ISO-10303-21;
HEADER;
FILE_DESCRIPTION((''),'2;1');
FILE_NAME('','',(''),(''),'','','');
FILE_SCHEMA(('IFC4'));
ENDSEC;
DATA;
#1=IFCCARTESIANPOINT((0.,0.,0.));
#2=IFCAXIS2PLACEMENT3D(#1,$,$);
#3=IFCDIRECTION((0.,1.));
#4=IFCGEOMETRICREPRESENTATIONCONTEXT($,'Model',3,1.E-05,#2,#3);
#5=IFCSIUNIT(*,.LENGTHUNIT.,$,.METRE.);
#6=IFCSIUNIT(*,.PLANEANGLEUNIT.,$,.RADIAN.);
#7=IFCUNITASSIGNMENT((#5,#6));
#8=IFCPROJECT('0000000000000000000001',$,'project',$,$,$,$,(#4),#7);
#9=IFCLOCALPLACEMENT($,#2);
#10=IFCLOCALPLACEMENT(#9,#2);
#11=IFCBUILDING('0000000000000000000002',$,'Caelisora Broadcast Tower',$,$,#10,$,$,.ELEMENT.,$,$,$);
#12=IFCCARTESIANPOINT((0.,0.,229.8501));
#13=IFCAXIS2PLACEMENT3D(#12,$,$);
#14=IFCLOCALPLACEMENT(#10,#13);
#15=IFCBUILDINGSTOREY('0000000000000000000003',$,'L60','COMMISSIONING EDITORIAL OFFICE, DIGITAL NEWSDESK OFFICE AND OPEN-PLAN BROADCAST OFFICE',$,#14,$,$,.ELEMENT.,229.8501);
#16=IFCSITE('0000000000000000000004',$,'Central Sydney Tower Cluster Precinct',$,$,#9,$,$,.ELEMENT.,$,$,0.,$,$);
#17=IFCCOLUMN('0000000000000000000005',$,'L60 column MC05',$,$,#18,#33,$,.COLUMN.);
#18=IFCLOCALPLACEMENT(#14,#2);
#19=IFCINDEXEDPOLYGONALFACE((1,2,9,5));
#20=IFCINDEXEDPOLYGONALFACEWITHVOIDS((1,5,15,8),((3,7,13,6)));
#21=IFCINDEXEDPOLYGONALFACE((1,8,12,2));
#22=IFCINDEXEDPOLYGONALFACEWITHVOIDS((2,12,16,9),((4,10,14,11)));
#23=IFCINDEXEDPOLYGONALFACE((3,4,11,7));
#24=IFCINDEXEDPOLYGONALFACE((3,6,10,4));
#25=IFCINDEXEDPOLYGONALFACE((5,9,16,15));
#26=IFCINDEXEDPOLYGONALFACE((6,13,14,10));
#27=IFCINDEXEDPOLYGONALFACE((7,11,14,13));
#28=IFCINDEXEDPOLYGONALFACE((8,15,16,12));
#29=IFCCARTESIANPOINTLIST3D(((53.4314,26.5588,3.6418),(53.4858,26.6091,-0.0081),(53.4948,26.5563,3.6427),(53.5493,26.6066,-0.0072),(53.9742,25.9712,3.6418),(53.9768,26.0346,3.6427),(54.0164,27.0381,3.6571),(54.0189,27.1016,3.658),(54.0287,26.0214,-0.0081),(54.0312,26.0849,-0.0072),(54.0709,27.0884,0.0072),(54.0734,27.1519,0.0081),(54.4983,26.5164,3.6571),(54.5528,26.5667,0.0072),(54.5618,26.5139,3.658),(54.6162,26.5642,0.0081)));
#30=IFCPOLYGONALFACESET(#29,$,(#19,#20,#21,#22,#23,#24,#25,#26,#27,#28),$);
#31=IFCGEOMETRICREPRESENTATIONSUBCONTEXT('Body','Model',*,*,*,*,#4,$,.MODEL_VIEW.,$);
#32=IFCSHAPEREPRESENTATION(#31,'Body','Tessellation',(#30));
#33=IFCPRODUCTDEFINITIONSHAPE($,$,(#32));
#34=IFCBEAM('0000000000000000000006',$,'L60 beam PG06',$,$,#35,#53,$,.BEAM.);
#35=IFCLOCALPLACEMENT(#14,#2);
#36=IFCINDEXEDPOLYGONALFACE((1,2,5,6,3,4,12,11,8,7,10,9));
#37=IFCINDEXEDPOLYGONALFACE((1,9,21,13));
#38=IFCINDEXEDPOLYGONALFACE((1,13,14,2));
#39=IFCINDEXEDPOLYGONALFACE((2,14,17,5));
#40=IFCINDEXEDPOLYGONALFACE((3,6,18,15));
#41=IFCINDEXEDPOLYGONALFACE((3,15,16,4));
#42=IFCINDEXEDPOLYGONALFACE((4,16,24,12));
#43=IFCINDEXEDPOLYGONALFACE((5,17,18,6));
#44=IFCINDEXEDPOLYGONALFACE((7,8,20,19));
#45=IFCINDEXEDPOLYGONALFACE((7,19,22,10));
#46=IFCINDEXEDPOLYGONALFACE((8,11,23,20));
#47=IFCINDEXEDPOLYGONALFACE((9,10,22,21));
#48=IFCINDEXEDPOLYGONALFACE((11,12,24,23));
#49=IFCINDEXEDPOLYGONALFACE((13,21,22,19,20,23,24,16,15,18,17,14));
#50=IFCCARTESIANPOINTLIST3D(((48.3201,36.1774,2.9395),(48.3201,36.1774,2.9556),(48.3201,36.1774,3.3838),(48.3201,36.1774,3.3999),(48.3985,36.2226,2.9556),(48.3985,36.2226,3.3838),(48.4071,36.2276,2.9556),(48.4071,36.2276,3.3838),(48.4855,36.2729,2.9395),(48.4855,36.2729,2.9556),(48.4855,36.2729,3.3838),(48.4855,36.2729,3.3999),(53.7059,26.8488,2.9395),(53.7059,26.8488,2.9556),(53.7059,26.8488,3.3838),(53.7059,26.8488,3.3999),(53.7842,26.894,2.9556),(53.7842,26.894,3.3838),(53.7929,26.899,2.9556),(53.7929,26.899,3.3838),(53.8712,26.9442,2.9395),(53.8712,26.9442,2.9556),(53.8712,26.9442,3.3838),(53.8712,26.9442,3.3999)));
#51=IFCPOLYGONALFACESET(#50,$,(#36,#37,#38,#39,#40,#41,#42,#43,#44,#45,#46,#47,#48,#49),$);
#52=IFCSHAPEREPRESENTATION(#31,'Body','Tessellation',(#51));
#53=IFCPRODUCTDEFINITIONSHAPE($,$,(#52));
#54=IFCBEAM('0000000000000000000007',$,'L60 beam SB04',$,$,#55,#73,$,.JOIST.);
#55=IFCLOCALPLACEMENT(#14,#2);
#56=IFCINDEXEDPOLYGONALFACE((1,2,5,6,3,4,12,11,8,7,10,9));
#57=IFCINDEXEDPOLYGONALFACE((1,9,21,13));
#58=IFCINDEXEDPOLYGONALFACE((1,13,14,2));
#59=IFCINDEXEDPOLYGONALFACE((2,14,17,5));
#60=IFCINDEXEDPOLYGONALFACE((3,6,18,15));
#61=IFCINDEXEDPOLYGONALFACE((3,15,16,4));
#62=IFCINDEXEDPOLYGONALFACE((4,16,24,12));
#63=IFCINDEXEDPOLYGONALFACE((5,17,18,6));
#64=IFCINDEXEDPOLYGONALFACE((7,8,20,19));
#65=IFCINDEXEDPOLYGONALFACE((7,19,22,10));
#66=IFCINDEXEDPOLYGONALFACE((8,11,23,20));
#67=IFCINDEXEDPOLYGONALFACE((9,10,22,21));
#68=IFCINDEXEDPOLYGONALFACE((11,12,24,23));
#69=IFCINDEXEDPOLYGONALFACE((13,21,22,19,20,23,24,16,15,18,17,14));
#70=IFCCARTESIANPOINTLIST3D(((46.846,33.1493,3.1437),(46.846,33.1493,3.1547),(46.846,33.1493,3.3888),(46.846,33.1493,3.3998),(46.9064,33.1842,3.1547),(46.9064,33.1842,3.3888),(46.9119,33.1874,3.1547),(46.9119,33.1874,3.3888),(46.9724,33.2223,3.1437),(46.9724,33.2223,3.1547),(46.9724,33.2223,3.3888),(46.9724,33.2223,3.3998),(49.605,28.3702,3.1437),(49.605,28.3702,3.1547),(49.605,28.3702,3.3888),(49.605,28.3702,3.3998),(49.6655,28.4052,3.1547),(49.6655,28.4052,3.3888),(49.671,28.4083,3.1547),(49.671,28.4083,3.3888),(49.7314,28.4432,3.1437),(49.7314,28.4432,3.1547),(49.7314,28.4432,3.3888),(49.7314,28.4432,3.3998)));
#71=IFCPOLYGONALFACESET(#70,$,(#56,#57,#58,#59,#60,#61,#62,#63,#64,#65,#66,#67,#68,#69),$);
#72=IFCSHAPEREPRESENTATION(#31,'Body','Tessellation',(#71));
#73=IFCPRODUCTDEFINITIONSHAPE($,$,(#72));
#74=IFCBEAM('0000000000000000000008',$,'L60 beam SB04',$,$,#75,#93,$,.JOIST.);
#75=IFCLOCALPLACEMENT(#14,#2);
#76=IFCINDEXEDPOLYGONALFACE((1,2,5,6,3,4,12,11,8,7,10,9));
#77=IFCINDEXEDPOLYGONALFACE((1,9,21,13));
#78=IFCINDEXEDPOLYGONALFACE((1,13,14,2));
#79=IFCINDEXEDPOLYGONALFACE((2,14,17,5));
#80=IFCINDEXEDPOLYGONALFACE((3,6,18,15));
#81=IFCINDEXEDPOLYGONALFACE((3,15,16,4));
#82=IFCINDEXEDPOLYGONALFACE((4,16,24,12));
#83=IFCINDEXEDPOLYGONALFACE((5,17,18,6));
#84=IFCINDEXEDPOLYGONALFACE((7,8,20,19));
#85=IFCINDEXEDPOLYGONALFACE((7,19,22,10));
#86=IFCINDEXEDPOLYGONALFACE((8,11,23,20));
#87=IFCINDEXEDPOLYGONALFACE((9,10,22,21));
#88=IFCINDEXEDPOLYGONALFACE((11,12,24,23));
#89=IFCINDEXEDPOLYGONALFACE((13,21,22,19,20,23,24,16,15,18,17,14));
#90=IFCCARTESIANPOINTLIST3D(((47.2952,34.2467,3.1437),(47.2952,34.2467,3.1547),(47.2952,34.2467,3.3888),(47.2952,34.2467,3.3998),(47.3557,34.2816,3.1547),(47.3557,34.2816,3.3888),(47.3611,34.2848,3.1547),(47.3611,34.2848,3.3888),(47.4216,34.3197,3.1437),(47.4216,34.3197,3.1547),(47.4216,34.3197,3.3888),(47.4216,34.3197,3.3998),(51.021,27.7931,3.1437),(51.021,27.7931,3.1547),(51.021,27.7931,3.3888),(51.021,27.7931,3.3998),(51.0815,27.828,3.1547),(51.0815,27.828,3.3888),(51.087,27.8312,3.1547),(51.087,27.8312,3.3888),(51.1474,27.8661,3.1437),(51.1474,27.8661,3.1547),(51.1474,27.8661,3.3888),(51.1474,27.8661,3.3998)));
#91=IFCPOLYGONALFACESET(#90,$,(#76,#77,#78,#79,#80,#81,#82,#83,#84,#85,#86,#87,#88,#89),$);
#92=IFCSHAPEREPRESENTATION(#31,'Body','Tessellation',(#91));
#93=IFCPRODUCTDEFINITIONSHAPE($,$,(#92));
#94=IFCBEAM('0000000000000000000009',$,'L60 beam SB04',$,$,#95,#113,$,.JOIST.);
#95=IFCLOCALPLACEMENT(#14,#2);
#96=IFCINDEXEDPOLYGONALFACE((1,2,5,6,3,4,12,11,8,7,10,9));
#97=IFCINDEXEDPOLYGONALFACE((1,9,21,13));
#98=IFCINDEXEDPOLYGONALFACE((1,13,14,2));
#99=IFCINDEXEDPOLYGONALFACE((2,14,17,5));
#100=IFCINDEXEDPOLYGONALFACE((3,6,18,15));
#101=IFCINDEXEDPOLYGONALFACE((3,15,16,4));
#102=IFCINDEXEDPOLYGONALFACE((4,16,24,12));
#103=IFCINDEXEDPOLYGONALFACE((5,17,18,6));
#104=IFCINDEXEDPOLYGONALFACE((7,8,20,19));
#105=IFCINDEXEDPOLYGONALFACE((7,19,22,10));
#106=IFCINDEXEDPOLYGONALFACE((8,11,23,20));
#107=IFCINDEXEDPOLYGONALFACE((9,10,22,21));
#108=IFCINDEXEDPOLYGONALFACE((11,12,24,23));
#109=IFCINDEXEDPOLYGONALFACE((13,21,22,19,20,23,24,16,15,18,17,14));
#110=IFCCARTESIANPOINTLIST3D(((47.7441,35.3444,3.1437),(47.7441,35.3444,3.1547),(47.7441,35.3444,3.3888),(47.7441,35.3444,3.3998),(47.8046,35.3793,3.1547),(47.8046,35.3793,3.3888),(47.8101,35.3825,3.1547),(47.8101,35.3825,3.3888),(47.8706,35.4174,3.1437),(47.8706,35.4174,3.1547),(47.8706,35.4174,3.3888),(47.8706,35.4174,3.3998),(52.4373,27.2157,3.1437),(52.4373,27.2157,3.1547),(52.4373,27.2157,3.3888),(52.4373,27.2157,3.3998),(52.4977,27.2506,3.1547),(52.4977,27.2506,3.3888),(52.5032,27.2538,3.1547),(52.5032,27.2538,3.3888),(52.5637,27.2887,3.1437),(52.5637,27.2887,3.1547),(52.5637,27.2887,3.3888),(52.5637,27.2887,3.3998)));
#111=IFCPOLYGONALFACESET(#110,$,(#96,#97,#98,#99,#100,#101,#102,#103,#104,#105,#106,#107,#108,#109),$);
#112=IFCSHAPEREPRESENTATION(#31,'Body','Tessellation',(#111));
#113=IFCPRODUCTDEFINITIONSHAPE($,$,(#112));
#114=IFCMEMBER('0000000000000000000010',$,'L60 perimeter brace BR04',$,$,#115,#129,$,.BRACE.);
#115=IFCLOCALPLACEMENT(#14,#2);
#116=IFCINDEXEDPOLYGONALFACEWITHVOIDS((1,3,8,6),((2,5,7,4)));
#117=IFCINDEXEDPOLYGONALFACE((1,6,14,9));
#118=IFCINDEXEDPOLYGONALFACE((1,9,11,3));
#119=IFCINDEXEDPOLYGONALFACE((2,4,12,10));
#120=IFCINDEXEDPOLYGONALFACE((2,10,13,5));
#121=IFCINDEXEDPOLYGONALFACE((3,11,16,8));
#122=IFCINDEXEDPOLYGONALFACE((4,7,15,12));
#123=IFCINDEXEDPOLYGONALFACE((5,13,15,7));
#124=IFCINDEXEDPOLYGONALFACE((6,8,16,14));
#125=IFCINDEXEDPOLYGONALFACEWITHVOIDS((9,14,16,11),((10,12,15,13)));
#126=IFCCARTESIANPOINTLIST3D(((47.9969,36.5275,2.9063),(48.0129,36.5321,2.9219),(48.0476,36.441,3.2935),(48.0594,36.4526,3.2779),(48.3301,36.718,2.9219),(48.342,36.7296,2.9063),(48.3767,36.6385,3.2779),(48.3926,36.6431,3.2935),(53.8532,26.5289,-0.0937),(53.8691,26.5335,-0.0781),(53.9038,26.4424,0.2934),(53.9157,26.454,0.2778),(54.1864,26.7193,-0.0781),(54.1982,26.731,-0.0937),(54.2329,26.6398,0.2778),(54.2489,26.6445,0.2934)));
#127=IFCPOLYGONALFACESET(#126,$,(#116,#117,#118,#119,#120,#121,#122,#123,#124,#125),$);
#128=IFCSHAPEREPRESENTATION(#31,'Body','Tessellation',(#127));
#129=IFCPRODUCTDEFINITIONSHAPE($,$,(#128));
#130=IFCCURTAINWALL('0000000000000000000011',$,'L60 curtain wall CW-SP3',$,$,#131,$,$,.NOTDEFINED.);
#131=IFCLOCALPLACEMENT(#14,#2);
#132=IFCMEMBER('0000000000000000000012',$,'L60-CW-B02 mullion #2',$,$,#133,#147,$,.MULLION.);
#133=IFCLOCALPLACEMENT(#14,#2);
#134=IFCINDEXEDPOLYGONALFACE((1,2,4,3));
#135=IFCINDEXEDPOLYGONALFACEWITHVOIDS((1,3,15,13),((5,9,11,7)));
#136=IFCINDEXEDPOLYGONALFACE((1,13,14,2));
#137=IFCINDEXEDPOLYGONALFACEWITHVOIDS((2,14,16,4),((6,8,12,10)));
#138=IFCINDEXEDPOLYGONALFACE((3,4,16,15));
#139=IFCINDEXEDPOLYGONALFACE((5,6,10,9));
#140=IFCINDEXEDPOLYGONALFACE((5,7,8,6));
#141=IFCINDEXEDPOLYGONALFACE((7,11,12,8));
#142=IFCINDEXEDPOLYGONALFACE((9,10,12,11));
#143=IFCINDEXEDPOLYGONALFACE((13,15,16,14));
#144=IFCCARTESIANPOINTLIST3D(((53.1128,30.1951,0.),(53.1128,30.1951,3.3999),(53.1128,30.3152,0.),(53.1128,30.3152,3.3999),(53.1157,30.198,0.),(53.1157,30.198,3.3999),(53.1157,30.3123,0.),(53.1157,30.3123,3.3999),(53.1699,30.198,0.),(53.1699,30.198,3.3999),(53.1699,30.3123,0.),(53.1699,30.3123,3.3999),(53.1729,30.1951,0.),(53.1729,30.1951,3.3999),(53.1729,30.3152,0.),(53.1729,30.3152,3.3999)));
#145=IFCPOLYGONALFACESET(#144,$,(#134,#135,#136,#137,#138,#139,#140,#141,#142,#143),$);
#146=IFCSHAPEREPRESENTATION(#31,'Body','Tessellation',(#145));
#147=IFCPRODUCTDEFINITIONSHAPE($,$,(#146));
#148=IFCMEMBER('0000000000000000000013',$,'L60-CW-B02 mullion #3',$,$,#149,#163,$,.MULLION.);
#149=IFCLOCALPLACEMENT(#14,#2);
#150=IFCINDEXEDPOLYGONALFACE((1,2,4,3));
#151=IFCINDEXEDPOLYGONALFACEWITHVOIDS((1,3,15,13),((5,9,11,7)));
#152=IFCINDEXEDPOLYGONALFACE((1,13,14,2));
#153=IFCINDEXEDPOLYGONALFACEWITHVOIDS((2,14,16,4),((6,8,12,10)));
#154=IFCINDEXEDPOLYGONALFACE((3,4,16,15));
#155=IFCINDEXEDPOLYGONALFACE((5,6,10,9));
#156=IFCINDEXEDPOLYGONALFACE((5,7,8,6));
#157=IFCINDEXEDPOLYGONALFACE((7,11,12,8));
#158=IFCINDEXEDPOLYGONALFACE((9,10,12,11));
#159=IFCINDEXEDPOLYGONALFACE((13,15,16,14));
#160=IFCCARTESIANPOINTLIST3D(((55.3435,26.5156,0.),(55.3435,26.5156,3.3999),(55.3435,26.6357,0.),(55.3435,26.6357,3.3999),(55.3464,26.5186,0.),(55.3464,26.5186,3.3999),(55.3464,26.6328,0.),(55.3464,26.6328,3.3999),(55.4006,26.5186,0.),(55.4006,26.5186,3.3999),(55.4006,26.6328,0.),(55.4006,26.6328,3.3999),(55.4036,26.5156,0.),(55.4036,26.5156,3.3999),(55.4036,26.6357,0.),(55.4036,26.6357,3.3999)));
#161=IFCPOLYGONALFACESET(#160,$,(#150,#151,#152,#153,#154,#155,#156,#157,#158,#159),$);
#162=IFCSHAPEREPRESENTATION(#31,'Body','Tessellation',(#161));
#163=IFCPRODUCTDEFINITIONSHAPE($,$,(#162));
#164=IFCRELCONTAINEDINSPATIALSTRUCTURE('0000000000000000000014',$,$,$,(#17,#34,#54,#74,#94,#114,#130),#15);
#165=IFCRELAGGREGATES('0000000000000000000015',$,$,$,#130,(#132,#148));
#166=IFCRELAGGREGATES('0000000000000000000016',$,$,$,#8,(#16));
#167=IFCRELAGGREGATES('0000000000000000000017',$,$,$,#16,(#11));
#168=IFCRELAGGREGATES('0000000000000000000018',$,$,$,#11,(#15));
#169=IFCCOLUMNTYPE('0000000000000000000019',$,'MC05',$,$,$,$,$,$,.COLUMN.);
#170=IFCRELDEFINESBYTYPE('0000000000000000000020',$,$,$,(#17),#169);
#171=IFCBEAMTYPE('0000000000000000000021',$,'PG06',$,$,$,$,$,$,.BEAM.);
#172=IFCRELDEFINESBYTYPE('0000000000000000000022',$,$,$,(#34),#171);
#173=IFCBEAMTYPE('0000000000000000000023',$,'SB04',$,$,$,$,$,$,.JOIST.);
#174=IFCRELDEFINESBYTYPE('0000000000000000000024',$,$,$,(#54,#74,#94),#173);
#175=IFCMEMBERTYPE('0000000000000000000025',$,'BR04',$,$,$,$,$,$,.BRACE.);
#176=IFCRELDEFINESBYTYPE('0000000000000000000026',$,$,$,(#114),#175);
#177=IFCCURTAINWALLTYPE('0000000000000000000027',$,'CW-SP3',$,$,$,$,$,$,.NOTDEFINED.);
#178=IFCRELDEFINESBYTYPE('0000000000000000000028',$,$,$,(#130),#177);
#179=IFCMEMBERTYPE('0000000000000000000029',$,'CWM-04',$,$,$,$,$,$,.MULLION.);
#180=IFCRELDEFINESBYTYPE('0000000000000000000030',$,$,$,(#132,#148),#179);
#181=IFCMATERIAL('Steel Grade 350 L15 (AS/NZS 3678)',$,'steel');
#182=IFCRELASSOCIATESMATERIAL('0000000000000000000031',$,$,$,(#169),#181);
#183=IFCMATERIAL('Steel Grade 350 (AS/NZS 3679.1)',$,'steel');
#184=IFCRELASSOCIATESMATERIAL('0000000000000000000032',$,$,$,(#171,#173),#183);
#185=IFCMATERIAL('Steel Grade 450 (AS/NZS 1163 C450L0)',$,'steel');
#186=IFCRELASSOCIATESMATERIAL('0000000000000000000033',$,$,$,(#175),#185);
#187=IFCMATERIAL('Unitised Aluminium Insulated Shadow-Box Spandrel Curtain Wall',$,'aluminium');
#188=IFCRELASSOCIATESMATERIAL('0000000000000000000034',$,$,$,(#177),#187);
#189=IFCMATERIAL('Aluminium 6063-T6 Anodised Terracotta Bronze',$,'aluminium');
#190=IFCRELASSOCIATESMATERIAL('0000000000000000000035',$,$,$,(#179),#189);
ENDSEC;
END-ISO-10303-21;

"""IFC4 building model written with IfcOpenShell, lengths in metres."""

from ifc_helpers import new_model, si_unit, direction, frame, origin, origin_2d, place, context, subcontext, project, spatial, hollow_rectangle, i_section, extrude, source, transform, mapped, material, material_profile, profile_set, type_object, type_shapes, element, aggregate, save


model = new_model("IFC4")

# Units and contexts
model_context = context("Model", 3, precision=1e-05, world=origin(), true_north=direction((0.0, 1.0)))
body_context = subcontext(model_context, "Body", "Model", "MODEL_VIEW")
ifc_project = project(units=[si_unit("LENGTHUNIT", "METRE"), si_unit("PLANEANGLEUNIT", "RADIAN")], contexts=[model_context])

# Site, building, storey
site_placement = place(None, origin())
site = spatial("IfcSite", under=ifc_project, at=site_placement, Name="Central Sydney Tower Cluster Precinct", CompositionType="ELEMENT", RefElevation=0.0)
building_placement = place(site_placement, origin())
building = spatial("IfcBuilding", under=site, at=building_placement, Name="Caelisora Broadcast Tower", CompositionType="ELEMENT")
storey_placement = place(building_placement, frame((0.0, 0.0, 229.8501)))
storey = spatial("IfcBuildingStorey", under=building, at=storey_placement, Name="L60", Description="COMMISSIONING EDITORIAL OFFICE, DIGITAL NEWSDESK OFFICE AND OPEN-PLAN BROADCAST OFFICE", CompositionType="ELEMENT", Elevation=229.8501)

# Column
ifc_material_1 = material(Name="Steel Grade 350 L15 (AS/NZS 3678)", Category="steel")
ifc_material_profile_1 = material_profile(ifc_material_1, hollow_rectangle(XDim=0.8, YDim=0.8, WallThickness=0.0449, at=origin_2d()), Name="Steel Grade 350 L15 (AS/NZS 3678)")
ifc_profile_set_1 = profile_set([ifc_material_profile_1], Name="Steel Grade 350 L15 (AS/NZS 3678)")
column_type = type_object("IfcColumnType", Name="MC05", PredefinedType="COLUMN", material=ifc_profile_set_1)
shared_shape_1 = source(origin(), body_context, "Body", "SweptSolid", [
    extrude(hollow_rectangle(XDim=0.8, YDim=0.8, WallThickness=0.0449, at=origin_2d()), origin(), (0.0, 0.0, 1.0), 3.6506),
])
type_shapes(column_type, [shared_shape_1])
column_placement = place(storey_placement, frame((54.051, 26.5867, 0.0), z_axis=(-0.014913, -0.013776, 0.999794), x_axis=(0.678554, -0.734551, 0.0)))
element("IfcColumn", 1, at=column_placement, inside=storey, type_object=column_type, Name="L60 column MC05", PredefinedType="COLUMN", context=body_context, shape_type="MappedRepresentation", body=[
    mapped(shared_shape_1, transform((0.0, 0.0, 0.0), scale=1.0)),
])

# Beams
ifc_material_2 = material(Name="Steel Grade 350 (AS/NZS 3679.1)", Category="steel")
ifc_material_profile_2 = material_profile(ifc_material_2, i_section(OverallWidth=0.1909, OverallDepth=0.4604, WebThickness=0.01, FlangeThickness=0.0161, at=origin_2d()), Name="Steel Grade 350 (AS/NZS 3679.1)")
ifc_profile_set_2 = profile_set([ifc_material_profile_2], Name="Steel Grade 350 (AS/NZS 3679.1)")
beam_type_1 = type_object("IfcBeamType", Name="PG06", PredefinedType="BEAM", material=ifc_profile_set_2)
shared_shape_2 = source(origin(), body_context, "Body", "SweptSolid", [
    extrude(i_section(OverallWidth=0.1909, OverallDepth=0.4604, WebThickness=0.01, FlangeThickness=0.0161, at=origin_2d()), origin(), (0.0, 0.0, 1.0), 10.7717),
])
type_shapes(beam_type_1, [shared_shape_2])
beam_1_placement = place(storey_placement, frame((53.7886, 26.8965, 3.1697), z_axis=(-0.499991, 0.866031, 0.0), x_axis=(-0.866031, -0.499991, 0.0)))
element("IfcBeam", 2, at=beam_1_placement, inside=storey, type_object=beam_type_1, Name="L60 beam PG06", PredefinedType="BEAM", context=body_context, shape_type="MappedRepresentation", body=[
    mapped(shared_shape_2, transform((0.0, 0.0, 0.0), scale=1.0)),
])
ifc_material_profile_3 = material_profile(ifc_material_2, i_section(OverallWidth=0.146, OverallDepth=0.2561, WebThickness=0.0063, FlangeThickness=0.011, at=origin_2d()), Name="Steel Grade 350 (AS/NZS 3679.1)")
ifc_profile_set_3 = profile_set([ifc_material_profile_3], Name="Steel Grade 350 (AS/NZS 3679.1)")
beam_type_2 = type_object("IfcBeamType", Name="SB04", PredefinedType="JOIST", material=ifc_profile_set_3)
shared_shape_3 = source(origin(), body_context, "Body", "SweptSolid", [
    extrude(i_section(OverallWidth=0.146, OverallDepth=0.2561, WebThickness=0.0063, FlangeThickness=0.011, at=origin_2d()), origin(), (0.0, 0.0, 1.0), 5.5183),
])
beam_2_placement = place(storey_placement, frame((49.6682, 28.4067, 3.2717), z_axis=(-0.499979, 0.866038, 0.0), x_axis=(-0.866038, -0.499979, 0.0)))
element("IfcBeam", 3, at=beam_2_placement, inside=storey, type_object=beam_type_2, Name="L60 beam SB04", PredefinedType="JOIST", context=body_context, shape_type="MappedRepresentation", body=[
    mapped(shared_shape_3, transform((0.0, 0.0, 0.0), scale=1.0)),
])
shared_shape_4 = source(origin(), body_context, "Body", "SweptSolid", [
    extrude(i_section(OverallWidth=0.146, OverallDepth=0.2561, WebThickness=0.0063, FlangeThickness=0.011, at=origin_2d()), origin(), (0.0, 0.0, 1.0), 7.4519),
])
beam_3_placement = place(storey_placement, frame((51.0842, 27.8296, 3.2717), z_axis=(-0.499983, 0.866035, 0.0), x_axis=(-0.866035, -0.499983, 0.0)))
element("IfcBeam", 4, at=beam_3_placement, inside=storey, type_object=beam_type_2, Name="L60 beam SB04", PredefinedType="JOIST", context=body_context, shape_type="MappedRepresentation", body=[
    mapped(shared_shape_4, transform((0.0, 0.0, 0.0), scale=1.0)),
])
shared_shape_5 = source(origin(), body_context, "Body", "SweptSolid", [
    extrude(i_section(OverallWidth=0.146, OverallDepth=0.2561, WebThickness=0.0063, FlangeThickness=0.011, at=origin_2d()), origin(), (0.0, 0.0, 1.0), 9.3862),
])
type_shapes(beam_type_2, [shared_shape_3, shared_shape_4, shared_shape_5])
beam_4_placement = place(storey_placement, frame((52.5005, 27.2522, 3.2717), z_axis=(-0.500002, 0.866024, 0.0), x_axis=(-0.866024, -0.500002, 0.0)))
element("IfcBeam", 5, at=beam_4_placement, inside=storey, type_object=beam_type_2, Name="L60 beam SB04", PredefinedType="JOIST", context=body_context, shape_type="MappedRepresentation", body=[
    mapped(shared_shape_5, transform((0.0, 0.0, 0.0), scale=1.0)),
])

# Member
ifc_material_3 = material(Name="Steel Grade 450 (AS/NZS 1163 C450L0)", Category="steel")
ifc_material_profile_4 = material_profile(ifc_material_3, hollow_rectangle(XDim=0.3999, YDim=0.3999, WallThickness=0.0161, at=origin_2d()), Name="Steel Grade 450 (AS/NZS 1163 C450L0)")
ifc_profile_set_4 = profile_set([ifc_material_profile_4], Name="Steel Grade 450 (AS/NZS 1163 C450L0)")
member_type_1 = type_object("IfcMemberType", Name="BR04", PredefinedType="BRACE", material=ifc_profile_set_4)
shared_shape_6 = source(origin(), body_context, "Body", "SweptSolid", [
    extrude(hollow_rectangle(XDim=0.3999, YDim=0.3999, WallThickness=0.0161, at=origin_2d()), origin(), (0.0, 0.0, 1.0), 11.9695),
])
type_shapes(member_type_1, [shared_shape_6])
member_1_placement = place(storey_placement, frame((54.051, 26.5867, 0.0999), z_axis=(-0.489266, 0.835344, 0.25064), x_axis=(-0.862887, -0.505398, 0.0)))
element("IfcMember", 6, at=member_1_placement, inside=storey, type_object=member_type_1, Name="L60 perimeter brace BR04", PredefinedType="BRACE", context=body_context, shape_type="MappedRepresentation", body=[
    mapped(shared_shape_6, transform((0.0, 0.0, 0.0), scale=1.0)),
])

# Curtain wall, members
ifc_material_4 = material(Name="Unitised Aluminium Insulated Shadow-Box Spandrel Curtain Wall", Category="aluminium")
curtain_wall_type_1 = type_object("IfcCurtainWallType", Name="CW-SP3", PredefinedType="NOTDEFINED", material=ifc_material_4)
curtain_wall_1_placement = place(storey_placement, origin())
curtain_wall_1 = element("IfcCurtainWall", 7, at=curtain_wall_1_placement, inside=storey, type_object=curtain_wall_type_1, Name="L60 curtain wall CW-SP3", PredefinedType="NOTDEFINED")
ifc_material_5 = material(Name="Aluminium 6063-T6 Anodised Terracotta Bronze", Category="aluminium")
ifc_material_profile_5 = material_profile(ifc_material_5, hollow_rectangle(XDim=0.0601, YDim=0.1201, WallThickness=0.0029, at=origin_2d()), Name="Aluminium 6063-T6 Anodised Terracotta Bronze")
ifc_profile_set_5 = profile_set([ifc_material_profile_5], Name="Aluminium 6063-T6 Anodised Terracotta Bronze")
member_type_2 = type_object("IfcMemberType", Name="CWM-04", PredefinedType="MULLION", material=ifc_profile_set_5)
shared_shape_7 = source(origin(), body_context, "Body", "SweptSolid", [
    extrude(hollow_rectangle(XDim=0.0601, YDim=0.1201, WallThickness=0.0029, at=origin_2d()), origin(), (0.0, 0.0, 1.0), 3.3999),
])
type_shapes(member_type_2, [shared_shape_7])
member_2_placement = place(storey_placement, frame((53.1428, 30.2551, 0.0), z_axis=(0.0, 0.0, 1.0), x_axis=(1.0, 0.0, 0.0)))
member_2 = element("IfcMember", 8, at=member_2_placement, type_object=member_type_2, Name="L60-CW-B02 mullion #2", PredefinedType="MULLION", context=body_context, shape_type="MappedRepresentation", body=[
    mapped(shared_shape_7, transform((0.0, 0.0, 0.0), scale=1.0)),
])
member_3_placement = place(storey_placement, frame((55.3735, 26.5757, 0.0), z_axis=(0.0, 0.0, 1.0), x_axis=(1.0, 0.0, 0.0)))
member_3 = element("IfcMember", 9, at=member_3_placement, type_object=member_type_2, Name="L60-CW-B02 mullion #3", PredefinedType="MULLION", context=body_context, shape_type="MappedRepresentation", body=[
    mapped(shared_shape_7, transform((0.0, 0.0, 0.0), scale=1.0)),
])

aggregate(curtain_wall_1, [member_2, member_3])

save(model, "model.ifc")
